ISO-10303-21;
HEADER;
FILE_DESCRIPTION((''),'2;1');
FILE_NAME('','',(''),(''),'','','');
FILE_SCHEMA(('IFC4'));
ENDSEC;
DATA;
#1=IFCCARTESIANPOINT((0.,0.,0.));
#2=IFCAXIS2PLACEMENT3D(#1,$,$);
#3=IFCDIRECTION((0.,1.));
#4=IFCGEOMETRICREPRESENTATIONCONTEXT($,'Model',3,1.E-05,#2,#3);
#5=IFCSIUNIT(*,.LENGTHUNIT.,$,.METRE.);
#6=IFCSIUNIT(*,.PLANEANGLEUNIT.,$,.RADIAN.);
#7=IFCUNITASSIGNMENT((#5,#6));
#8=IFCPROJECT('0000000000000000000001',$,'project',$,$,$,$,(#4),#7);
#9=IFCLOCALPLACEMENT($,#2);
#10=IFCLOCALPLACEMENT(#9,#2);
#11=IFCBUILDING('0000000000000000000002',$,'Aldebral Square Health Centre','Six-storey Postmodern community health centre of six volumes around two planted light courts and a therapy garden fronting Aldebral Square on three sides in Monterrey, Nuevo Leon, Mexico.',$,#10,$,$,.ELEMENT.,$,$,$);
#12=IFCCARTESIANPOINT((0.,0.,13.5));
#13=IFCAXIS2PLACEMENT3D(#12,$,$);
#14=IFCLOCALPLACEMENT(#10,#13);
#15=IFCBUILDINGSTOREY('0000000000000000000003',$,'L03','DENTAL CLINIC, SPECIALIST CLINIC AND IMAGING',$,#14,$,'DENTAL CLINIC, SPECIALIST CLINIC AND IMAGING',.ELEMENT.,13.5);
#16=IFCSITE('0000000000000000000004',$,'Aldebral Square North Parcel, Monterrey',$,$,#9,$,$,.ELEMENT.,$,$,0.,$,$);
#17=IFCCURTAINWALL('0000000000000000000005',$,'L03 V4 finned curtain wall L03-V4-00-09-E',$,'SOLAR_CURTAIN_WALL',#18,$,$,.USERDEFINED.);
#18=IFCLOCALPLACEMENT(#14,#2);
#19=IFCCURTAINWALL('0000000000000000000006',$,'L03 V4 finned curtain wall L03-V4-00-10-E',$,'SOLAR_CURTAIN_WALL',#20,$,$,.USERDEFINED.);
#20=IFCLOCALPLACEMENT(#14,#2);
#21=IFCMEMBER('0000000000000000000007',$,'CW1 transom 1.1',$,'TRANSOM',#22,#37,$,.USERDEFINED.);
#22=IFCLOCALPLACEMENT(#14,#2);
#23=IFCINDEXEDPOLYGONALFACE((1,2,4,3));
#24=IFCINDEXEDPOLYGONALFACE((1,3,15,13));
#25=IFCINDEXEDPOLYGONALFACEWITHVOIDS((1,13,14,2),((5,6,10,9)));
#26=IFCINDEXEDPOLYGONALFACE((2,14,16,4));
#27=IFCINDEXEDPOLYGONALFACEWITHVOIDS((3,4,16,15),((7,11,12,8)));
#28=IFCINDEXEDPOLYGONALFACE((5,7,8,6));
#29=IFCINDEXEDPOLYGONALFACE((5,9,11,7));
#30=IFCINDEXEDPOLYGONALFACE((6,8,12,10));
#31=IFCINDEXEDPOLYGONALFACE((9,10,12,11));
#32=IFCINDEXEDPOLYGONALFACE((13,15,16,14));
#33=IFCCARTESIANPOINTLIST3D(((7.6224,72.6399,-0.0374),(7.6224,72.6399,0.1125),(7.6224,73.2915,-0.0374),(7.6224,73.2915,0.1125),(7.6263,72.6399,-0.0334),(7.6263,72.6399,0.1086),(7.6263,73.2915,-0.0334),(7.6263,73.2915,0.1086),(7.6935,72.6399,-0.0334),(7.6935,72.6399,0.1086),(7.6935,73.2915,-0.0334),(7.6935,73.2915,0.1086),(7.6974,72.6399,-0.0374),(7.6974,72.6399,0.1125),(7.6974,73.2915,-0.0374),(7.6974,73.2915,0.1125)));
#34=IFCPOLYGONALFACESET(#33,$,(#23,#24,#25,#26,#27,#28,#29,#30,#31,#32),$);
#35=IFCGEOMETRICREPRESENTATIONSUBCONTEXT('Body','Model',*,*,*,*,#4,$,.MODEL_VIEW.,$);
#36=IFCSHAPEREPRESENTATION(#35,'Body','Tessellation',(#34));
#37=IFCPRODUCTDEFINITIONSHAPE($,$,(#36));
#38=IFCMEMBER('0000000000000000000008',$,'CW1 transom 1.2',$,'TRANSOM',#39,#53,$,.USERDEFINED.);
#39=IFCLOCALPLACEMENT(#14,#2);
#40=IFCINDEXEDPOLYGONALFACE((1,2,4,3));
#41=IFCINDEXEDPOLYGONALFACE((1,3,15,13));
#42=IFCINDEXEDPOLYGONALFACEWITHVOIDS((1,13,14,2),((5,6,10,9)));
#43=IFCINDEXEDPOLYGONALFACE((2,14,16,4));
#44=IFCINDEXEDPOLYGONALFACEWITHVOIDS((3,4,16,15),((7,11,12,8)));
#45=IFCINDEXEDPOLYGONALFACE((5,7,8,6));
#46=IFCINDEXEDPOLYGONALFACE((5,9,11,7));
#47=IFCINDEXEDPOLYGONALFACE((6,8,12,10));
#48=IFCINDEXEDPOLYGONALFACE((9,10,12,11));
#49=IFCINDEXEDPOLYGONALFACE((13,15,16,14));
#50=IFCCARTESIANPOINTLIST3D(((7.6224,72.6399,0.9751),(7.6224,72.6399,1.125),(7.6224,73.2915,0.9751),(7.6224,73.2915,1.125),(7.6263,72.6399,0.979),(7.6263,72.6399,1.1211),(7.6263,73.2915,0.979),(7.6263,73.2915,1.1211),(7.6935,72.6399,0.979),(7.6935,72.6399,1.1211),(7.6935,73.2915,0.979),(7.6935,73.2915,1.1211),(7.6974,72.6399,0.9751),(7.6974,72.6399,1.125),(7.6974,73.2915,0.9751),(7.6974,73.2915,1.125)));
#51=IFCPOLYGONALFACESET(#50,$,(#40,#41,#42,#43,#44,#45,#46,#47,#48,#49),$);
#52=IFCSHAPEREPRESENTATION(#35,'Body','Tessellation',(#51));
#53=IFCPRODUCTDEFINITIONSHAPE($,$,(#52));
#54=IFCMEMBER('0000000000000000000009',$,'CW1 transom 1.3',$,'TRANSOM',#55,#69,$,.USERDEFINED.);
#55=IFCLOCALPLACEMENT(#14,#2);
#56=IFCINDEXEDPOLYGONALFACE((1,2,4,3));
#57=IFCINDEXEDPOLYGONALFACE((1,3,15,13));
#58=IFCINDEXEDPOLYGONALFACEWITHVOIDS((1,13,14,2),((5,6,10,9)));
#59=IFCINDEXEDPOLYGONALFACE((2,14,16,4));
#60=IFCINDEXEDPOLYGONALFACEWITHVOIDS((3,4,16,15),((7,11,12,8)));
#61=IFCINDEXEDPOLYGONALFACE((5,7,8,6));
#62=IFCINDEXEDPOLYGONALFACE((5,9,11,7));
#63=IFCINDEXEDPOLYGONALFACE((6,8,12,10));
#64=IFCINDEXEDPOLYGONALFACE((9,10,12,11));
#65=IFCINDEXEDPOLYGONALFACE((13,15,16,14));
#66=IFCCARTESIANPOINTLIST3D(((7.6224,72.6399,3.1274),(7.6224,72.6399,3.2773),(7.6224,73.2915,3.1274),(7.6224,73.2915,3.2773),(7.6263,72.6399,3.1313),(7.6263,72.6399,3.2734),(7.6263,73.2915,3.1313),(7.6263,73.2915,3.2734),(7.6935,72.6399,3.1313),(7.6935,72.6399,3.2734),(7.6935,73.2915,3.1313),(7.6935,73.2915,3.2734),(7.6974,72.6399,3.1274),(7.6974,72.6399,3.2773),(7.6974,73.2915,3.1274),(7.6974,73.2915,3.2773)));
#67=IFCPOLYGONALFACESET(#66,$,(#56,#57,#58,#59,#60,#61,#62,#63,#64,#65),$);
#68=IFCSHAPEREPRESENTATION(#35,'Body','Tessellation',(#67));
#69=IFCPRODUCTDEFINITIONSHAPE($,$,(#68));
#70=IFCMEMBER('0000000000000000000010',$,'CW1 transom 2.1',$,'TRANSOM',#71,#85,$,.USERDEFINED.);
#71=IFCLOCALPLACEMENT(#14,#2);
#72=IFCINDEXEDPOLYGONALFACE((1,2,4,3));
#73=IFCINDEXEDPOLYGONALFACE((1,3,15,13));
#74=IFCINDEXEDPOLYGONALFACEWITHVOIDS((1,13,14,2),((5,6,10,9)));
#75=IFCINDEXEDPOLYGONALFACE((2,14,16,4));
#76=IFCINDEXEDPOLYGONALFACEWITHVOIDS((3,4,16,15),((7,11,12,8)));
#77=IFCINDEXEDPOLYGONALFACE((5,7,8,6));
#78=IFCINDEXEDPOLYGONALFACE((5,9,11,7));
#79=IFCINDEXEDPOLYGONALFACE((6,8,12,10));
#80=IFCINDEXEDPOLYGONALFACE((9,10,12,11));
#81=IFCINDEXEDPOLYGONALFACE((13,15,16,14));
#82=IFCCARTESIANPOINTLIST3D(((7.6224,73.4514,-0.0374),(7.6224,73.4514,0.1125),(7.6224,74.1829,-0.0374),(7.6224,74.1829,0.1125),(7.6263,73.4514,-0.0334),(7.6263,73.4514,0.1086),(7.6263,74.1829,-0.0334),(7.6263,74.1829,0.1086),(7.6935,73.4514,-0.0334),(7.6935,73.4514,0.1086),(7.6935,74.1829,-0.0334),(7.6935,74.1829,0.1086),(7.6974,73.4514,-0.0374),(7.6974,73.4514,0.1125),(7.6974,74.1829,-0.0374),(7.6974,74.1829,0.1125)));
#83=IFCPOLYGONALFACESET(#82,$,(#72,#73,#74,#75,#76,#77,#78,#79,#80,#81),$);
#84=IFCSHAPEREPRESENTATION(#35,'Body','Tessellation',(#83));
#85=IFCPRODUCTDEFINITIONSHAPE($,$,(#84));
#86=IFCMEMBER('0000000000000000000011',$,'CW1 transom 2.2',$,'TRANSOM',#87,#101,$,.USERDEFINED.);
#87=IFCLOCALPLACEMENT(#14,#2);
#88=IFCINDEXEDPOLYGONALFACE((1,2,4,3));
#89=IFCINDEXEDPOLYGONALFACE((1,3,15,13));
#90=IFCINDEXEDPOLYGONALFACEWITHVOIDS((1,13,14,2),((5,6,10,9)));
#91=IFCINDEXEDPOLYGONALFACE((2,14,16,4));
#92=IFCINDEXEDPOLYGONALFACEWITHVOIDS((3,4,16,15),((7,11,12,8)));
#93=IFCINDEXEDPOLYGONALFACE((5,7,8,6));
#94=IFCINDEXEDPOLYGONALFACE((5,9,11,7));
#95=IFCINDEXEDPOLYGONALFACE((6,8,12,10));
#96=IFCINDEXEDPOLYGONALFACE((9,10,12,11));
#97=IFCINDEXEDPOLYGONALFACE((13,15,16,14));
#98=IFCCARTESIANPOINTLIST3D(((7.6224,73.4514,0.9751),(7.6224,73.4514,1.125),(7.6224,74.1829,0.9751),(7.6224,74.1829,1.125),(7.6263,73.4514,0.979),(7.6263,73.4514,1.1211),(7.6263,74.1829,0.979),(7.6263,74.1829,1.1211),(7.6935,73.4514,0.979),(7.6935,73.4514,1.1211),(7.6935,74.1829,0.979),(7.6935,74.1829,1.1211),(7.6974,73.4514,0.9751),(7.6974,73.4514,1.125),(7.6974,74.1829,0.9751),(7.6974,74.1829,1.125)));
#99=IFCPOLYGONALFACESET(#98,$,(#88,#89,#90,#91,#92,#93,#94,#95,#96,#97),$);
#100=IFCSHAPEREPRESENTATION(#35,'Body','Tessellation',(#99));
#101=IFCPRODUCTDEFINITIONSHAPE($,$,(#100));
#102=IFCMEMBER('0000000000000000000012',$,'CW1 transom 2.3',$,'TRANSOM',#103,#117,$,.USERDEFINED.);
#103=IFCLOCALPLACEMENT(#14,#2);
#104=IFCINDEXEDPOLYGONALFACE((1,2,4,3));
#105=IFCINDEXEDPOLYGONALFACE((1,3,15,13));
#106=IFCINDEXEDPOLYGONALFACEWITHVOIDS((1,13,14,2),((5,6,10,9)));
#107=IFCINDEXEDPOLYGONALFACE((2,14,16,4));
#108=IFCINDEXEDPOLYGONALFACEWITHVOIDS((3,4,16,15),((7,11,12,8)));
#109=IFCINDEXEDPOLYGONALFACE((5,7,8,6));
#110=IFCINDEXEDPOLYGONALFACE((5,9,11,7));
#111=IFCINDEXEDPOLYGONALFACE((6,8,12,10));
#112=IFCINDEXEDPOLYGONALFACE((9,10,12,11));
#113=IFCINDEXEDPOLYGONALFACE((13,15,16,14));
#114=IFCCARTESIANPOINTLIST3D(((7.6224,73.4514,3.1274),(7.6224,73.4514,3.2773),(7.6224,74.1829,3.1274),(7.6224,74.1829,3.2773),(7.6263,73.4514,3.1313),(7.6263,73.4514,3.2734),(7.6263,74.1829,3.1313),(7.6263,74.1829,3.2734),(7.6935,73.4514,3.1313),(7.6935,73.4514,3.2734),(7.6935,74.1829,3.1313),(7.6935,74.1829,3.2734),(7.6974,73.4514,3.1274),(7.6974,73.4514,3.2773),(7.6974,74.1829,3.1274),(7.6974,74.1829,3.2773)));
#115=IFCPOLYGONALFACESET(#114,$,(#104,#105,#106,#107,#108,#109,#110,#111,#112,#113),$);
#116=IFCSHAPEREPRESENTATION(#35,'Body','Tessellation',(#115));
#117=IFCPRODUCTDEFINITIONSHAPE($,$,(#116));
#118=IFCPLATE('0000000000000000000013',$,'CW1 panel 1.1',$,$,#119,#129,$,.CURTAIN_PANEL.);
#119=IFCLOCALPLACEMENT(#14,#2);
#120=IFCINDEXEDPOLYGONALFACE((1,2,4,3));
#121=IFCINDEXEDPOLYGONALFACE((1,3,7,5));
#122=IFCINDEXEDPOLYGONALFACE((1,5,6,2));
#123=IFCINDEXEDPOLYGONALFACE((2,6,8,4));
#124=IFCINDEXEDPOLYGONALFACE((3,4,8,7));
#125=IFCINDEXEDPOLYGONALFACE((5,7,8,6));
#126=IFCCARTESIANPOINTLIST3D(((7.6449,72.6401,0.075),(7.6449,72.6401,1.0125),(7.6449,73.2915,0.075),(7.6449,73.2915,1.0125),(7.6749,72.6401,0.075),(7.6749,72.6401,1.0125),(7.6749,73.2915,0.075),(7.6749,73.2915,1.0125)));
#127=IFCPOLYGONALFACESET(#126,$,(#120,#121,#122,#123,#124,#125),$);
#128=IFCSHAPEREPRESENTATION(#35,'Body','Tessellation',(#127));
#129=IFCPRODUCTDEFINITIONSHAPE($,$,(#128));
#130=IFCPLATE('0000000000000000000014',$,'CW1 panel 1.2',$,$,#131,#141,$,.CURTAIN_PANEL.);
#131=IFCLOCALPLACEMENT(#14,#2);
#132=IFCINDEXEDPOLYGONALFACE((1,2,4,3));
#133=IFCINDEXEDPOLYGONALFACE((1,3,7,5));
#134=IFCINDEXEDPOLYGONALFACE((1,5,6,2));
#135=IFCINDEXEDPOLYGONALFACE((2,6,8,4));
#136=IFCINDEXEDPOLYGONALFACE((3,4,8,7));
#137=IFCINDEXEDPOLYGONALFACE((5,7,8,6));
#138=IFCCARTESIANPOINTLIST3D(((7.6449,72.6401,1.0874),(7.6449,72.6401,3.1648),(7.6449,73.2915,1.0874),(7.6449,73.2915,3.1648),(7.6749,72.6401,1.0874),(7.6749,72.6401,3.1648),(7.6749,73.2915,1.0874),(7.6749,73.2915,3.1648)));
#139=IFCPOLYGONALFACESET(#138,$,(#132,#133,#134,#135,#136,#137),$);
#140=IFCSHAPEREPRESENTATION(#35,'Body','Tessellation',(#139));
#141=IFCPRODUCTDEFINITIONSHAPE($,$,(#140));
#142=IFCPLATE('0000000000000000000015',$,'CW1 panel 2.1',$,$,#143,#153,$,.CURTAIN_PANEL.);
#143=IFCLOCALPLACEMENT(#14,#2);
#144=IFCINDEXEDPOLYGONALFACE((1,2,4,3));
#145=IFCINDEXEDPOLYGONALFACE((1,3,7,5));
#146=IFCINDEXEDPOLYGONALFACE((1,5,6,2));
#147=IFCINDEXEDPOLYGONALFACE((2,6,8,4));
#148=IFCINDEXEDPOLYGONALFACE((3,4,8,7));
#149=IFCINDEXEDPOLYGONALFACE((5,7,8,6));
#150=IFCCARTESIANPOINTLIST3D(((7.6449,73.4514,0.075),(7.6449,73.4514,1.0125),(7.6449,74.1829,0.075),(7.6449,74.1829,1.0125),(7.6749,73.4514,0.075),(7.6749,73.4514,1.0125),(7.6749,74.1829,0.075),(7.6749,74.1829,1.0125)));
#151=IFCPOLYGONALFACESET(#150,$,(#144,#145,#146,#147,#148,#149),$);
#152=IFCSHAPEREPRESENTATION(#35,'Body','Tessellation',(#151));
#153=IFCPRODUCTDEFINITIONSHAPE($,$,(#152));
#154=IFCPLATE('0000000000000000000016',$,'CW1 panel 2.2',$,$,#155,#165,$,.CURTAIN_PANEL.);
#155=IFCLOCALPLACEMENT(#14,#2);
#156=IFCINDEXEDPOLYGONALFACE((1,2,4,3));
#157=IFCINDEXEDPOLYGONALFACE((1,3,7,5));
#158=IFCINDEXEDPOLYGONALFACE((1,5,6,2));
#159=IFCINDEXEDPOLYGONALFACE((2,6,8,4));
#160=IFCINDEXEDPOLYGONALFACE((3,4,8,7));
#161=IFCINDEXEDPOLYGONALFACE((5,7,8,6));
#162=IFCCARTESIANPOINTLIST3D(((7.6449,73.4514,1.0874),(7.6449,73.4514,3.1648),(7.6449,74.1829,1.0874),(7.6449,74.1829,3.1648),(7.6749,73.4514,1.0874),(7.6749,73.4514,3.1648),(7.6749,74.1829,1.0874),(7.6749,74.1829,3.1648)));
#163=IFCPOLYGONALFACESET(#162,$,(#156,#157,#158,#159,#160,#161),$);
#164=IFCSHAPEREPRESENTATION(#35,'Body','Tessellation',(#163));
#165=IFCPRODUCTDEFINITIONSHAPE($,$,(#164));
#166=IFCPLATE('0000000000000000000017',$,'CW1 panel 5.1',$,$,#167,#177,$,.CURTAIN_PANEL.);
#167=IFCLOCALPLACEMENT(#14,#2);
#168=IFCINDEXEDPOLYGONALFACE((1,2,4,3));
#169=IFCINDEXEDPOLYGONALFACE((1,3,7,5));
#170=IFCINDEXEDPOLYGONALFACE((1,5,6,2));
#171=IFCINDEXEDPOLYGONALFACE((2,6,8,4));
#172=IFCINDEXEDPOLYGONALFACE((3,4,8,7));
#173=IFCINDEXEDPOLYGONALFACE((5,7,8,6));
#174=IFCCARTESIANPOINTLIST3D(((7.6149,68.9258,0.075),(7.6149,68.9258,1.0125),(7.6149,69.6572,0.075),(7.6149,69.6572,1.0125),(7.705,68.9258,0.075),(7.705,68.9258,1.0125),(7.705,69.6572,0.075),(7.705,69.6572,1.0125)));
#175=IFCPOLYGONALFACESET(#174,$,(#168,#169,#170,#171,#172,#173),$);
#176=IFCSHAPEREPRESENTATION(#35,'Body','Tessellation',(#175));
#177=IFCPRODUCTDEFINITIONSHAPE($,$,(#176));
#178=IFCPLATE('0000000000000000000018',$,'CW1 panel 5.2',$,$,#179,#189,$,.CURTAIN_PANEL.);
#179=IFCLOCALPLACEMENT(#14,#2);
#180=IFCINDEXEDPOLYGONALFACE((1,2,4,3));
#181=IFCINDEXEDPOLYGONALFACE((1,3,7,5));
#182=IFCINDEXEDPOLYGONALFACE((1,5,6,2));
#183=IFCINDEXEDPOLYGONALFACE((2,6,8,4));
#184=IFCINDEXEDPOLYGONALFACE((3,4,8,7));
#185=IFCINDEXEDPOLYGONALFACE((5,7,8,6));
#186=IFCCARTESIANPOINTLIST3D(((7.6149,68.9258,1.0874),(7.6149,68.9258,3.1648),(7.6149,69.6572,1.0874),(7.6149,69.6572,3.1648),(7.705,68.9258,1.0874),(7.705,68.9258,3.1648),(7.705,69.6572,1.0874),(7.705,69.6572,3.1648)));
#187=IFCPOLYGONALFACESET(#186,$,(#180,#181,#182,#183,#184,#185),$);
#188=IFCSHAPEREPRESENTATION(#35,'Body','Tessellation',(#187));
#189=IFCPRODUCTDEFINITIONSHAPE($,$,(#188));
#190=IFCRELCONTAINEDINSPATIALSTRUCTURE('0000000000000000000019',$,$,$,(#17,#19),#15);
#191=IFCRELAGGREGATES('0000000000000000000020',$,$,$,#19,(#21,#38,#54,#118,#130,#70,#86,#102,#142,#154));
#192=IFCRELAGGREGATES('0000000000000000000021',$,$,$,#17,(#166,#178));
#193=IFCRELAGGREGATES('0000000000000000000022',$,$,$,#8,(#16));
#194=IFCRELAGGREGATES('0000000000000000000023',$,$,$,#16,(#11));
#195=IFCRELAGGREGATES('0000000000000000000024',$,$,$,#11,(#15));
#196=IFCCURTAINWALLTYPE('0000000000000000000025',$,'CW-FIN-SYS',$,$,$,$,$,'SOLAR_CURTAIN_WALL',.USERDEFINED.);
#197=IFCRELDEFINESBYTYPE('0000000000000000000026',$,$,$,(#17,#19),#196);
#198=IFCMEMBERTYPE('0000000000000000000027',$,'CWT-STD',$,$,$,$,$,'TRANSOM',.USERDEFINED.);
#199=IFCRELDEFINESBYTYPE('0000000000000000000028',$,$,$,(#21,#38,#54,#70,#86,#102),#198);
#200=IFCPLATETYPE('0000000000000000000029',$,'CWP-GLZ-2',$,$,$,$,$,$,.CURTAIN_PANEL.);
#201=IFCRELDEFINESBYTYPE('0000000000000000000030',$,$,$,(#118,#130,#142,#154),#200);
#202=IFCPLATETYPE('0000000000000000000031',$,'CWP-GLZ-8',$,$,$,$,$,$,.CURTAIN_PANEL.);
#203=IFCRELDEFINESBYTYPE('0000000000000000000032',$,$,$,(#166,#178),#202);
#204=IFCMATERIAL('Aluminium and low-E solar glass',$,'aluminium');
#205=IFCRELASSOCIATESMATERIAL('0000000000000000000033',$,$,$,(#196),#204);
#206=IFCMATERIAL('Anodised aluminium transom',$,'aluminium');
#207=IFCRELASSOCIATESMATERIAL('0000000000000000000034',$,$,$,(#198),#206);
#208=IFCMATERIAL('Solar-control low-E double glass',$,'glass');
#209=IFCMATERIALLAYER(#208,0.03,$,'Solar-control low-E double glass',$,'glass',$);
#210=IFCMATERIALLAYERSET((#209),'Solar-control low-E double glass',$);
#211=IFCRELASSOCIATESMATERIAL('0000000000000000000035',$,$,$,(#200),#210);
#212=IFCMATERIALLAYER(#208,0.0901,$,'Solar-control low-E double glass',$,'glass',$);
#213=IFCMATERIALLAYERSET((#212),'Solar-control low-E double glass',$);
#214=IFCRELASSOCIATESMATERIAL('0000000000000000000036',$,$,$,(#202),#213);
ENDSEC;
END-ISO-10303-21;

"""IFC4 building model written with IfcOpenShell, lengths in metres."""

from ifc_helpers import new_model, si_unit, direction, frame, origin, origin_2d, place, context, subcontext, project, spatial, rectangle, hollow_rectangle, extrude, material, layer, layer_set, material_profile, profile_set, type_object, element, aggregate, save


model = new_model("IFC4")

# Units and contexts
model_context = context("Model", 3, precision=1e-05, world=origin(), true_north=direction((0.0, 1.0)))
body_context = subcontext(model_context, "Body", "Model", "MODEL_VIEW")
ifc_project = project(units=[si_unit("LENGTHUNIT", "METRE"), si_unit("PLANEANGLEUNIT", "RADIAN")], contexts=[model_context])

# Site, building, storey
site_placement = place(None, origin())
site = spatial("IfcSite", under=ifc_project, at=site_placement, Name="Aldebral Square North Parcel, Monterrey", CompositionType="ELEMENT", RefElevation=0.0)
building_placement = place(site_placement, origin())
building = spatial("IfcBuilding", under=site, at=building_placement, Name="Aldebral Square Health Centre", Description="Six-storey Postmodern community health centre of six volumes around two planted light courts and a therapy garden fronting Aldebral Square on three sides in Monterrey, Nuevo Leon, Mexico.", CompositionType="ELEMENT")
storey_placement = place(building_placement, frame((0.0, 0.0, 13.5)))
storey = spatial("IfcBuildingStorey", under=building, at=storey_placement, Name="L03", Description="DENTAL CLINIC, SPECIALIST CLINIC AND IMAGING", LongName="DENTAL CLINIC, SPECIALIST CLINIC AND IMAGING", CompositionType="ELEMENT", Elevation=13.5)

# Curtain walls
ifc_material_1 = material(Name="Aluminium and low-E solar glass", Category="aluminium")
curtain_wall_type = type_object("IfcCurtainWallType", Name="CW-FIN-SYS", ElementType="SOLAR_CURTAIN_WALL", PredefinedType="USERDEFINED", material=ifc_material_1)
curtain_wall_1_placement = place(storey_placement, origin())
curtain_wall_1 = element("IfcCurtainWall", 1, at=curtain_wall_1_placement, inside=storey, type_object=curtain_wall_type, Name="L03 V4 finned curtain wall L03-V4-00-09-E", ObjectType="SOLAR_CURTAIN_WALL", PredefinedType="USERDEFINED")
curtain_wall_2_placement = place(storey_placement, origin())
curtain_wall_2 = element("IfcCurtainWall", 2, at=curtain_wall_2_placement, inside=storey, type_object=curtain_wall_type, Name="L03 V4 finned curtain wall L03-V4-00-10-E", ObjectType="SOLAR_CURTAIN_WALL", PredefinedType="USERDEFINED")

# Members
ifc_material_2 = material(Name="Anodised aluminium transom", Category="aluminium")
ifc_material_profile_1 = material_profile(ifc_material_2, hollow_rectangle(XDim=0.075, YDim=0.1499, WallThickness=0.0039, at=origin_2d()), Name="CWT 75x150x4")
ifc_profile_set_1 = profile_set([ifc_material_profile_1], Name="Anodised aluminium transom")
member_type_1 = type_object("IfcMemberType", Name="CWT-STD", ElementType="TRANSOM", PredefinedType="USERDEFINED", material=ifc_profile_set_1)
member_1_placement = place(storey_placement, frame((7.6599, 72.6399, 0.0376), z_axis=(0.0, 1.0, 0.0), x_axis=(-1.0, 0.0, 0.0)))
member_1 = element("IfcMember", 3, at=member_1_placement, type_object=member_type_1, Name="CW1 transom 1.1", ObjectType="TRANSOM", PredefinedType="USERDEFINED", context=body_context, shape_type="SweptSolid", body=[
    extrude(hollow_rectangle(XDim=0.075, YDim=0.1499, WallThickness=0.0039, at=origin_2d()), origin(), (0.0, 0.0, 1.0), 0.6516),
])
member_2_placement = place(storey_placement, frame((7.6599, 72.6399, 1.05), z_axis=(0.0, 1.0, 0.0), x_axis=(-1.0, 0.0, 0.0)))
member_2 = element("IfcMember", 4, at=member_2_placement, type_object=member_type_1, Name="CW1 transom 1.2", ObjectType="TRANSOM", PredefinedType="USERDEFINED", context=body_context, shape_type="SweptSolid", body=[
    extrude(hollow_rectangle(XDim=0.075, YDim=0.1499, WallThickness=0.0039, at=origin_2d()), origin(), (0.0, 0.0, 1.0), 0.6516),
])
member_3_placement = place(storey_placement, frame((7.6599, 72.6399, 3.2024), z_axis=(0.0, 1.0, 0.0), x_axis=(-1.0, 0.0, 0.0)))
member_3 = element("IfcMember", 5, at=member_3_placement, type_object=member_type_1, Name="CW1 transom 1.3", ObjectType="TRANSOM", PredefinedType="USERDEFINED", context=body_context, shape_type="SweptSolid", body=[
    extrude(hollow_rectangle(XDim=0.075, YDim=0.1499, WallThickness=0.0039, at=origin_2d()), origin(), (0.0, 0.0, 1.0), 0.6516),
])
member_4_placement = place(storey_placement, frame((7.6599, 73.4514, 0.0376), z_axis=(0.0, 1.0, 0.0), x_axis=(-1.0, 0.0, 0.0)))
member_4 = element("IfcMember", 6, at=member_4_placement, type_object=member_type_1, Name="CW1 transom 2.1", ObjectType="TRANSOM", PredefinedType="USERDEFINED", context=body_context, shape_type="SweptSolid", body=[
    extrude(hollow_rectangle(XDim=0.075, YDim=0.1499, WallThickness=0.0039, at=origin_2d()), origin(), (0.0, 0.0, 1.0), 0.7314),
])
member_5_placement = place(storey_placement, frame((7.6599, 73.4514, 1.05), z_axis=(0.0, 1.0, 0.0), x_axis=(-1.0, 0.0, 0.0)))
member_5 = element("IfcMember", 7, at=member_5_placement, type_object=member_type_1, Name="CW1 transom 2.2", ObjectType="TRANSOM", PredefinedType="USERDEFINED", context=body_context, shape_type="SweptSolid", body=[
    extrude(hollow_rectangle(XDim=0.075, YDim=0.1499, WallThickness=0.0039, at=origin_2d()), origin(), (0.0, 0.0, 1.0), 0.7314),
])
member_6_placement = place(storey_placement, frame((7.6599, 73.4514, 3.2024), z_axis=(0.0, 1.0, 0.0), x_axis=(-1.0, 0.0, 0.0)))
member_6 = element("IfcMember", 8, at=member_6_placement, type_object=member_type_1, Name="CW1 transom 2.3", ObjectType="TRANSOM", PredefinedType="USERDEFINED", context=body_context, shape_type="SweptSolid", body=[
    extrude(hollow_rectangle(XDim=0.075, YDim=0.1499, WallThickness=0.0039, at=origin_2d()), origin(), (0.0, 0.0, 1.0), 0.7314),
])

# Plates
ifc_material_3 = material(Name="Solar-control low-E double glass", Category="glass")
ifc_layer_1 = layer(ifc_material_3, 0.03, Name="Solar-control low-E double glass", Category="glass")
ifc_layer_set_1 = layer_set([ifc_layer_1], Name="Solar-control low-E double glass")
plate_type_1 = type_object("IfcPlateType", Name="CWP-GLZ-2", PredefinedType="CURTAIN_PANEL", material=ifc_layer_set_1)
plate_1_placement = place(storey_placement, frame((7.6599, 72.9658, 0.075), z_axis=(0.0, 0.0, 1.0), x_axis=(0.0, 1.0, 0.0)))
plate_1 = element("IfcPlate", 9, at=plate_1_placement, type_object=plate_type_1, Name="CW1 panel 1.1", PredefinedType="CURTAIN_PANEL", context=body_context, shape_type="SweptSolid", body=[
    extrude(rectangle(XDim=0.6514, YDim=0.03, at=origin_2d()), origin(), (0.0, 0.0, 1.0), 0.9375),
])
plate_2_placement = place(storey_placement, frame((7.6599, 72.9658, 1.0874), z_axis=(0.0, 0.0, 1.0), x_axis=(0.0, 1.0, 0.0)))
plate_2 = element("IfcPlate", 10, at=plate_2_placement, type_object=plate_type_1, Name="CW1 panel 1.2", PredefinedType="CURTAIN_PANEL", context=body_context, shape_type="SweptSolid", body=[
    extrude(rectangle(XDim=0.6514, YDim=0.03, at=origin_2d()), origin(), (0.0, 0.0, 1.0), 2.0774),
])
plate_3_placement = place(storey_placement, frame((7.6599, 73.8171, 0.075), z_axis=(0.0, 0.0, 1.0), x_axis=(0.0, 1.0, 0.0)))
plate_3 = element("IfcPlate", 11, at=plate_3_placement, type_object=plate_type_1, Name="CW1 panel 2.1", PredefinedType="CURTAIN_PANEL", context=body_context, shape_type="SweptSolid", body=[
    extrude(rectangle(XDim=0.7314, YDim=0.03, at=origin_2d()), origin(), (0.0, 0.0, 1.0), 0.9375),
])
plate_4_placement = place(storey_placement, frame((7.6599, 73.8171, 1.0874), z_axis=(0.0, 0.0, 1.0), x_axis=(0.0, 1.0, 0.0)))
plate_4 = element("IfcPlate", 12, at=plate_4_placement, type_object=plate_type_1, Name="CW1 panel 2.2", PredefinedType="CURTAIN_PANEL", context=body_context, shape_type="SweptSolid", body=[
    extrude(rectangle(XDim=0.7314, YDim=0.03, at=origin_2d()), origin(), (0.0, 0.0, 1.0), 2.0774),
])
aggregate(curtain_wall_2, [member_1, member_2, member_3, plate_1, plate_2, member_4, member_5, member_6, plate_3, plate_4])
ifc_layer_2 = layer(ifc_material_3, 0.0901, Name="Solar-control low-E double glass", Category="glass")
ifc_layer_set_2 = layer_set([ifc_layer_2], Name="Solar-control low-E double glass")
plate_type_2 = type_object("IfcPlateType", Name="CWP-GLZ-8", PredefinedType="CURTAIN_PANEL", material=ifc_layer_set_2)
plate_5_placement = place(storey_placement, frame((7.6599, 69.2915, 0.075), z_axis=(0.0, 0.0, 1.0), x_axis=(0.0, 1.0, 0.0)))
plate_5 = element("IfcPlate", 13, at=plate_5_placement, type_object=plate_type_2, Name="CW1 panel 5.1", PredefinedType="CURTAIN_PANEL", context=body_context, shape_type="SweptSolid", body=[
    extrude(rectangle(XDim=0.7314, YDim=0.0901, at=origin_2d()), origin(), (0.0, 0.0, 1.0), 0.9375),
])
plate_6_placement = place(storey_placement, frame((7.6599, 69.2915, 1.0874), z_axis=(0.0, 0.0, 1.0), x_axis=(0.0, 1.0, 0.0)))
plate_6 = element("IfcPlate", 14, at=plate_6_placement, type_object=plate_type_2, Name="CW1 panel 5.2", PredefinedType="CURTAIN_PANEL", context=body_context, shape_type="SweptSolid", body=[
    extrude(rectangle(XDim=0.7314, YDim=0.0901, at=origin_2d()), origin(), (0.0, 0.0, 1.0), 2.0774),
])
aggregate(curtain_wall_1, [plate_5, plate_6])

save(model, "model.ifc")
